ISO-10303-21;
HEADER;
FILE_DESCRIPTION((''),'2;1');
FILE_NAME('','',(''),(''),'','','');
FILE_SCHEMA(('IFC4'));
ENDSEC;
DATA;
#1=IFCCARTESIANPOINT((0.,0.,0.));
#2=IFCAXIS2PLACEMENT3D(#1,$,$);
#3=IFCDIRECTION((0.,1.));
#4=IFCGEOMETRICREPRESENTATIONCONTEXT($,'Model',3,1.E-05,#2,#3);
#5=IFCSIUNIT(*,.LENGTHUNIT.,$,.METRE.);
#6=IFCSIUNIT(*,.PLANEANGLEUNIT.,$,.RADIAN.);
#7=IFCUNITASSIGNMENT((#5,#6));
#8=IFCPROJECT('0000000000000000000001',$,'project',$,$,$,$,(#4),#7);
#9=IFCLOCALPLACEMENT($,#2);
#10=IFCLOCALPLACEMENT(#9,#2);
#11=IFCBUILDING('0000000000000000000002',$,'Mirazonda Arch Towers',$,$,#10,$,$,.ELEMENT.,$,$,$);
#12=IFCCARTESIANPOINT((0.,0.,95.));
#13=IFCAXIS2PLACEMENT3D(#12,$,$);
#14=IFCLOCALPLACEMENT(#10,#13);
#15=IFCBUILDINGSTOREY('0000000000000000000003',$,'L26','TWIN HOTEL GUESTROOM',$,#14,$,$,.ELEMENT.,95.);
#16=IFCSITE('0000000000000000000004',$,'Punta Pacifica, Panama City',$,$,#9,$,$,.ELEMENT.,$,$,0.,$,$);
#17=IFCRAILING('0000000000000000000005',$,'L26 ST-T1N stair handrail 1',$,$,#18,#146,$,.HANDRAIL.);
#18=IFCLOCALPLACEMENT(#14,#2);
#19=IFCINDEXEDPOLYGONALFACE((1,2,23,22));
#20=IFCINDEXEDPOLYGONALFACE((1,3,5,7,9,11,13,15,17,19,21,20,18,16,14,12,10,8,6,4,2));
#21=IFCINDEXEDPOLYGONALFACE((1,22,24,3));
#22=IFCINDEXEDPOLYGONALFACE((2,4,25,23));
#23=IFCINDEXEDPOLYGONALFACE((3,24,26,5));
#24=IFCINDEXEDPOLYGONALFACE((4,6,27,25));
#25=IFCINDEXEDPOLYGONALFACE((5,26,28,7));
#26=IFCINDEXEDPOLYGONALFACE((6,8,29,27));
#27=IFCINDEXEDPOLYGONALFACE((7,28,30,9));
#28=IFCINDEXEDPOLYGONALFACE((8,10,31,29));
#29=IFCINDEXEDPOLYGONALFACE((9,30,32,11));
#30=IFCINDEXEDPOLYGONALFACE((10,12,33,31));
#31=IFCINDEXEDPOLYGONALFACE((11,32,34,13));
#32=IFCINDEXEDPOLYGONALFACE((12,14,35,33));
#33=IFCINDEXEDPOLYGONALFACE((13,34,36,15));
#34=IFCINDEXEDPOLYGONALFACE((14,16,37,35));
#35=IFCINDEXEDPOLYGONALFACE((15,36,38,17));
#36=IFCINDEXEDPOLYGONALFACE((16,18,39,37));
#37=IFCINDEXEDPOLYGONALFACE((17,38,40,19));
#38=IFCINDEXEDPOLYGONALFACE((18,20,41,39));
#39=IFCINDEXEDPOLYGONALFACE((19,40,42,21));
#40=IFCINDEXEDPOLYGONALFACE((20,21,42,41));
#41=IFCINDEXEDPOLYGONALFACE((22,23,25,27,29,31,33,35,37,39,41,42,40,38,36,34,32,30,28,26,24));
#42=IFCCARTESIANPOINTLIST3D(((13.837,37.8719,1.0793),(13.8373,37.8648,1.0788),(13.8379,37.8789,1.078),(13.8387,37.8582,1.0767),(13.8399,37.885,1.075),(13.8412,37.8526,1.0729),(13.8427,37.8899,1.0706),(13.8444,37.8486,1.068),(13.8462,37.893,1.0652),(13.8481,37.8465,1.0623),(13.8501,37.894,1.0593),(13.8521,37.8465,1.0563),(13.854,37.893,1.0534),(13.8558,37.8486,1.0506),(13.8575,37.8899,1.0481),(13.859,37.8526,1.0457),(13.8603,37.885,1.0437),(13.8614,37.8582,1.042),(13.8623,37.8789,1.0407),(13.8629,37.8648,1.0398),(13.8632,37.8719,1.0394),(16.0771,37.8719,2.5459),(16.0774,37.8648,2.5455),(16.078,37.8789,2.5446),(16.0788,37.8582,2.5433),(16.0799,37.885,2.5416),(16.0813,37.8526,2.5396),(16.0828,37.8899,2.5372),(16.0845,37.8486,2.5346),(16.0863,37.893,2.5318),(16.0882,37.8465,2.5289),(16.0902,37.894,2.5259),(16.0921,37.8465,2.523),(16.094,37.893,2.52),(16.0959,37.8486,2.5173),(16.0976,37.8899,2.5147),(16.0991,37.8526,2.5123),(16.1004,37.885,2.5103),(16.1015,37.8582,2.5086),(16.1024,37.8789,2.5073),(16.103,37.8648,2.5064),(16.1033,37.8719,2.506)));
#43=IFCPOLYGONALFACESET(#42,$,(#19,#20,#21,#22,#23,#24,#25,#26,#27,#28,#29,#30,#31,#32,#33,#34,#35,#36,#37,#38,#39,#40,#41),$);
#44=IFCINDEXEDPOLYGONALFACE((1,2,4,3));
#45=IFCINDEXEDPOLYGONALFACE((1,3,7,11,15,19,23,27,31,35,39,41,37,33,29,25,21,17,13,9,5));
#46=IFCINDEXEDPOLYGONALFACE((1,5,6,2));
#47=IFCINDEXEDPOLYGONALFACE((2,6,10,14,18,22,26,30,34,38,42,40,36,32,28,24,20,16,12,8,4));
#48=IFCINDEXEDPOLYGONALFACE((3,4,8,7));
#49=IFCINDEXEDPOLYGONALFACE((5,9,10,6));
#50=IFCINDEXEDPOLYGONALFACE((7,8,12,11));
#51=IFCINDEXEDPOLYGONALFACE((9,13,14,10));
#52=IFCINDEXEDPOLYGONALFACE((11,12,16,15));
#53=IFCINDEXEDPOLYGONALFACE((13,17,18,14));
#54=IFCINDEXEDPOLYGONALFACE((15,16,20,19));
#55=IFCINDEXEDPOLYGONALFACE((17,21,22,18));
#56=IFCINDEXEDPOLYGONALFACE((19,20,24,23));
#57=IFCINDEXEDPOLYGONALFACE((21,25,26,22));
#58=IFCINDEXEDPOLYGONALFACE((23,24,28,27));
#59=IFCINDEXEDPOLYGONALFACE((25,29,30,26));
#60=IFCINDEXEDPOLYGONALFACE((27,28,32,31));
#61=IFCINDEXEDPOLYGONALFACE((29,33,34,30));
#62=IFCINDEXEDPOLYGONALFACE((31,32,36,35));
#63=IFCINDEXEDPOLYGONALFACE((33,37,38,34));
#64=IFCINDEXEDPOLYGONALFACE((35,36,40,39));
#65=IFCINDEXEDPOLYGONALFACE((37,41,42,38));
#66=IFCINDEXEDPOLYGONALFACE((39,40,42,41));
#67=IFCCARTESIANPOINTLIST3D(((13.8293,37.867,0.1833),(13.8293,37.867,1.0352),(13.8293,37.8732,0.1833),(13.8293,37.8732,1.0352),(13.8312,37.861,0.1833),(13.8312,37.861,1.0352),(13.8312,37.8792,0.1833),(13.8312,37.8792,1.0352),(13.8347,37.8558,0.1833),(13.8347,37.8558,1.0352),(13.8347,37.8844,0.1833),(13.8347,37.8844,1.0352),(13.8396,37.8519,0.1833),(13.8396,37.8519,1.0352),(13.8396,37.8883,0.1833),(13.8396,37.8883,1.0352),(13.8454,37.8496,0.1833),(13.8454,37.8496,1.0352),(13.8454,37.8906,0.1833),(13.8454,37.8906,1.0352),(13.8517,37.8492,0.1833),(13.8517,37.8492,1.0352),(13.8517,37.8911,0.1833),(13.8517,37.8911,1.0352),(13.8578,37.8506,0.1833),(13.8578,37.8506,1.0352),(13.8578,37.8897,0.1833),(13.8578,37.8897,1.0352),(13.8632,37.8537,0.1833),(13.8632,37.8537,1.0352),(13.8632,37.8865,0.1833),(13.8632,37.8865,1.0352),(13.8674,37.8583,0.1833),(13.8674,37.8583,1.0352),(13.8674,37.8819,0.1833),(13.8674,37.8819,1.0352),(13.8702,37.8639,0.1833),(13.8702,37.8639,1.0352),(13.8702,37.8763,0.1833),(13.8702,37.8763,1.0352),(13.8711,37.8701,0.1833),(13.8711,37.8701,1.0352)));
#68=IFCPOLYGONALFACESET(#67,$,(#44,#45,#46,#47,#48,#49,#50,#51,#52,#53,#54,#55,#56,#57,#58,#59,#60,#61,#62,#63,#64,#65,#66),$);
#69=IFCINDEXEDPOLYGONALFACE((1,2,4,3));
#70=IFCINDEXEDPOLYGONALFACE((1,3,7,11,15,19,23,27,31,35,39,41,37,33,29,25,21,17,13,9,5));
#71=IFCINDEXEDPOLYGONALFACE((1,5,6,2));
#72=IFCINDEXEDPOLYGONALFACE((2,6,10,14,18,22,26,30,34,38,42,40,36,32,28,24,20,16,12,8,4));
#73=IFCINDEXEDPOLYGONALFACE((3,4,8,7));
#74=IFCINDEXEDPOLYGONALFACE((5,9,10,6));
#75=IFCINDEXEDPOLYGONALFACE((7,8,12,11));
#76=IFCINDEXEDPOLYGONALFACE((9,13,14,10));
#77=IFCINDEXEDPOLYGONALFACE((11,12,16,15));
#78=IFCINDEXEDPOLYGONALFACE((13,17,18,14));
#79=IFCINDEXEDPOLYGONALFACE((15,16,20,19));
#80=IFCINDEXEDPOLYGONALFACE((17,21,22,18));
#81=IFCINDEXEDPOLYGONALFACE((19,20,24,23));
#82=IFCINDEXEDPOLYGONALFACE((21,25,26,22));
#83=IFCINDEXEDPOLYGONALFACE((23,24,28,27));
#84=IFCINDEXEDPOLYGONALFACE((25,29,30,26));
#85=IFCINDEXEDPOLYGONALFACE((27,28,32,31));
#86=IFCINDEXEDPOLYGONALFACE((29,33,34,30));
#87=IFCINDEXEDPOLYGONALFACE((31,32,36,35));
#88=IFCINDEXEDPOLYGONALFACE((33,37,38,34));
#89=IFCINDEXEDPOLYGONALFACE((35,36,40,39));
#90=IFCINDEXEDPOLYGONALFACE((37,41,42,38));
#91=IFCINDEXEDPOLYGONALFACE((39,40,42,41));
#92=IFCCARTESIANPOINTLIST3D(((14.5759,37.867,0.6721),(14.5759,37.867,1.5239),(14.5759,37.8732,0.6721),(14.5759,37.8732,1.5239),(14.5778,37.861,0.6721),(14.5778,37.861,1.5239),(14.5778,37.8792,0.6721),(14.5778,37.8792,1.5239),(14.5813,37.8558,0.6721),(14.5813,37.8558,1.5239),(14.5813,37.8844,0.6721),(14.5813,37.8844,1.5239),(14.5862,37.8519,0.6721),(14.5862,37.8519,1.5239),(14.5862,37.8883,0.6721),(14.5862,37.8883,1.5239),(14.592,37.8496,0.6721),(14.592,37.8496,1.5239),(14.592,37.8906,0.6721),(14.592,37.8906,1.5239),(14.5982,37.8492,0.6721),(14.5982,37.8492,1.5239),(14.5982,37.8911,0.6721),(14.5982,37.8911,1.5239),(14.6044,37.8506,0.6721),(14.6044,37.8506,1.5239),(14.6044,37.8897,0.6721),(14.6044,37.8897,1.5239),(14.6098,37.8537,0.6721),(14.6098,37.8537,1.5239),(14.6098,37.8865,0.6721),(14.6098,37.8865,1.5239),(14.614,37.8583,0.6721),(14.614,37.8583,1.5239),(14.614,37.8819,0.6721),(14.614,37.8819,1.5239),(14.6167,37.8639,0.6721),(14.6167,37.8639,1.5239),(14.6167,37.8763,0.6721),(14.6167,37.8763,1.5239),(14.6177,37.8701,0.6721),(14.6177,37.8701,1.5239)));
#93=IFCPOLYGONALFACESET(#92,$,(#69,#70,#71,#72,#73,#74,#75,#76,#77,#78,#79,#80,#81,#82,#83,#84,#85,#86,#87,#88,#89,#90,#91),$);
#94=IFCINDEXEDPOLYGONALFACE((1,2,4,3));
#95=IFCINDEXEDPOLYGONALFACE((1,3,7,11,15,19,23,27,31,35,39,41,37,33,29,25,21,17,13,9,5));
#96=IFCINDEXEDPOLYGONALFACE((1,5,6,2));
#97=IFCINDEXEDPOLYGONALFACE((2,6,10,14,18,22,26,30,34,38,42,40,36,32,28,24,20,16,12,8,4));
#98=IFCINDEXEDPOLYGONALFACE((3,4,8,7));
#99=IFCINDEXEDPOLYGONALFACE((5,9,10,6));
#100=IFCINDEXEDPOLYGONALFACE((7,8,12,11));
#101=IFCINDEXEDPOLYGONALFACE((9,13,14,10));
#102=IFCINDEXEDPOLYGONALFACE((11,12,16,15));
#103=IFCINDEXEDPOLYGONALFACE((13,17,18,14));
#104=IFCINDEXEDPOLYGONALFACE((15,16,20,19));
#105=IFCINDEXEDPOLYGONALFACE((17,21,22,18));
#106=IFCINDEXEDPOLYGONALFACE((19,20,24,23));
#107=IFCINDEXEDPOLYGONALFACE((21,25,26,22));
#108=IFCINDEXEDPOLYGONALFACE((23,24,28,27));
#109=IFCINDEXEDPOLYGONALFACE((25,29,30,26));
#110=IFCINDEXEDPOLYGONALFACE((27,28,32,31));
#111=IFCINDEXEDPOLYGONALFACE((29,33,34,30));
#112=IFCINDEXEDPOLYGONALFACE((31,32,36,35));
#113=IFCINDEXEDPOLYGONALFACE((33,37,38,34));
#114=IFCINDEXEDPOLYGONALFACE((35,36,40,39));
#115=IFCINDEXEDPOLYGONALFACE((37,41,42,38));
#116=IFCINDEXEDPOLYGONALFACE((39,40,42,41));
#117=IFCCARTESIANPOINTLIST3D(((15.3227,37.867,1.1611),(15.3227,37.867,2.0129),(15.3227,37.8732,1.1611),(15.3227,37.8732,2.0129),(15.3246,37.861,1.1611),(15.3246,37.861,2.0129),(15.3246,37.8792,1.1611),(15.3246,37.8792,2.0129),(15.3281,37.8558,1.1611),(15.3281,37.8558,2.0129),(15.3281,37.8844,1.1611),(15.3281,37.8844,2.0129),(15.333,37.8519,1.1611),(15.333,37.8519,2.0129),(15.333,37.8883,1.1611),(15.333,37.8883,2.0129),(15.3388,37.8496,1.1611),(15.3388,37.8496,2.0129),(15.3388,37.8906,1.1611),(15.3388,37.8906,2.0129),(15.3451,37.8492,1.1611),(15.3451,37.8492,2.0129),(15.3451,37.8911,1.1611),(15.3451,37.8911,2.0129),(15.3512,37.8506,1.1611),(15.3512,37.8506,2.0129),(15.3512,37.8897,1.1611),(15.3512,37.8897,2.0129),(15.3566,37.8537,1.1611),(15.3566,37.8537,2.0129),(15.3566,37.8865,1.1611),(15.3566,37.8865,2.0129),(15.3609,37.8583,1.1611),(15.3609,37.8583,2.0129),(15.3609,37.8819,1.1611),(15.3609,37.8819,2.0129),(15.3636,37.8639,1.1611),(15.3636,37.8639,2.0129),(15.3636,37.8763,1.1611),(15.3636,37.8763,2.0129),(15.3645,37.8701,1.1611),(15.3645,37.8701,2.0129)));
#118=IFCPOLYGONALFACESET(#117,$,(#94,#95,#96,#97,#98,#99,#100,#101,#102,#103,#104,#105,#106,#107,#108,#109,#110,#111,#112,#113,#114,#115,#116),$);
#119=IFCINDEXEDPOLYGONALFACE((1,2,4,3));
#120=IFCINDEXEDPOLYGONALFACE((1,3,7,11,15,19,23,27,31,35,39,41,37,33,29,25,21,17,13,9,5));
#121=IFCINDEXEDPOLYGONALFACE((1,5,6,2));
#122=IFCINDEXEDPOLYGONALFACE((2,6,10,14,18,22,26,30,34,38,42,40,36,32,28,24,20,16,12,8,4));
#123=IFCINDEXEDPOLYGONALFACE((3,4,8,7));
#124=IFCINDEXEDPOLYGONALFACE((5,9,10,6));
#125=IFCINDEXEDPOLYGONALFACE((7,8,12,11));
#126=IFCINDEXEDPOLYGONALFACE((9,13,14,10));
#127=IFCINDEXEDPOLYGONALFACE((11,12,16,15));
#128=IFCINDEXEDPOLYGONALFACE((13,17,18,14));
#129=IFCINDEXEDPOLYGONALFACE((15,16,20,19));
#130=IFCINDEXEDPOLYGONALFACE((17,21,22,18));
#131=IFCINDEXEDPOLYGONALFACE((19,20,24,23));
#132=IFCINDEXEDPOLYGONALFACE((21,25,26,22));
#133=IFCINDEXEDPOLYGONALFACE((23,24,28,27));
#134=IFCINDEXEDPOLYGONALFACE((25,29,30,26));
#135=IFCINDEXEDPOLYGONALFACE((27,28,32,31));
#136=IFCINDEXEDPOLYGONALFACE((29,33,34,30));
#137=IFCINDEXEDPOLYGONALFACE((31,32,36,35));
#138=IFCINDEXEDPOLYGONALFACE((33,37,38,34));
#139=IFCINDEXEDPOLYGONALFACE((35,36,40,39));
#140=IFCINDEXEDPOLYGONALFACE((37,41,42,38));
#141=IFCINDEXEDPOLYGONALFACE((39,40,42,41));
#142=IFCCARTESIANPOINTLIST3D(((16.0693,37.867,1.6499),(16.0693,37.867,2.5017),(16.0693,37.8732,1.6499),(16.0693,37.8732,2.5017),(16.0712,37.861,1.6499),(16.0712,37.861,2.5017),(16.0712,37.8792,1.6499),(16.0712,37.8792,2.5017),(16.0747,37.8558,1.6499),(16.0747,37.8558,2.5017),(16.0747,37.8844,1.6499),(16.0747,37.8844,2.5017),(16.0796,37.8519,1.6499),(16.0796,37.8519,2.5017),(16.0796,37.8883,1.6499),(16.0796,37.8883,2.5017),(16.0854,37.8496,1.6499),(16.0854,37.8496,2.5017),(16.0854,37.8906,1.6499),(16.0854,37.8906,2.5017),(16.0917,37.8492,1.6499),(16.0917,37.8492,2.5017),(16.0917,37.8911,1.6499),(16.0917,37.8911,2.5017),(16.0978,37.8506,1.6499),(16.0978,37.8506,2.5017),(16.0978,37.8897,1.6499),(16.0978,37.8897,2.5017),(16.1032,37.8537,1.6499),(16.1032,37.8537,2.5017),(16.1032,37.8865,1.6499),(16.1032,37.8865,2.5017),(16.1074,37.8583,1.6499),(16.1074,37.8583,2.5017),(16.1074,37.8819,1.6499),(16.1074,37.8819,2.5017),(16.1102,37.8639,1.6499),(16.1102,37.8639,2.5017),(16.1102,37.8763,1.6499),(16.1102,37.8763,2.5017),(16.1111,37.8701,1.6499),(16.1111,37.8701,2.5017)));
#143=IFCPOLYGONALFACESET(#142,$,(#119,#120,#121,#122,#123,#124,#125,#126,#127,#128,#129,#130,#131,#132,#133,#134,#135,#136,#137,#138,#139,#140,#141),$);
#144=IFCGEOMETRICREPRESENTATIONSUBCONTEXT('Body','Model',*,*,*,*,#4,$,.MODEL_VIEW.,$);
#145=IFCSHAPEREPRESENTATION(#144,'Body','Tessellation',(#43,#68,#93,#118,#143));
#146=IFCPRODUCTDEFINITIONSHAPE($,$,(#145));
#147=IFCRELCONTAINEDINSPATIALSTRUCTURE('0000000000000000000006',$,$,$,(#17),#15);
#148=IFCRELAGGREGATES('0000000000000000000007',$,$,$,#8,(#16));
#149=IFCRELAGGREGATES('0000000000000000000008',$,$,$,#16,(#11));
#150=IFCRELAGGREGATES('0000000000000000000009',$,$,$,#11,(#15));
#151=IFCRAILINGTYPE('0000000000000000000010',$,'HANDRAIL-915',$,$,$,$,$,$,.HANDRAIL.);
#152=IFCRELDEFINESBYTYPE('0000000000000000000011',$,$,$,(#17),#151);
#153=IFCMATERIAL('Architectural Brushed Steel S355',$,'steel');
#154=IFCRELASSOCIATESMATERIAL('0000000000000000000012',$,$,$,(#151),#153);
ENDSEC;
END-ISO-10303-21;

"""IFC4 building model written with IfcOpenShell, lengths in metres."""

from ifc_helpers import new_model, si_unit, direction, frame, origin, origin_2d, place, context, subcontext, project, spatial, circle, extrude, material, type_object, element, save


model = new_model("IFC4")

# Units and contexts
model_context = context("Model", 3, precision=1e-05, world=origin(), true_north=direction((0.0, 1.0)))
body_context = subcontext(model_context, "Body", "Model", "MODEL_VIEW")
ifc_project = project(units=[si_unit("LENGTHUNIT", "METRE"), si_unit("PLANEANGLEUNIT", "RADIAN")], contexts=[model_context])

# Site, building, storey
site_placement = place(None, origin())
site = spatial("IfcSite", under=ifc_project, at=site_placement, Name="Punta Pacifica, Panama City", CompositionType="ELEMENT", RefElevation=0.0)
building_placement = place(site_placement, origin())
building = spatial("IfcBuilding", under=site, at=building_placement, Name="Mirazonda Arch Towers", CompositionType="ELEMENT")
storey_placement = place(building_placement, frame((0.0, 0.0, 95.0)))
storey = spatial("IfcBuildingStorey", under=building, at=storey_placement, Name="L26", Description="TWIN HOTEL GUESTROOM", CompositionType="ELEMENT", Elevation=95.0)

# Shared definitions
ifc_material_1 = material(Name="Architectural Brushed Steel S355", Category="steel")

# Railing
railing_type = type_object("IfcRailingType", Name="HANDRAIL-915", PredefinedType="HANDRAIL", material=ifc_material_1)
railing_placement = place(storey_placement, frame((13.8501, 37.8701, 0.1833)))
element("IfcRailing", 1, at=railing_placement, inside=storey, type_object=railing_type, Name="L26 ST-T1N stair handrail 1", PredefinedType="HANDRAIL", context=body_context, shape_type="SweptSolid", body=[
    extrude(circle(Radius=0.0239, at=origin_2d()), frame((0.0, 0.0, 0.876), z_axis=(0.836637, 0.0, 0.547758), x_axis=(0.0, 1.0, 0.0)), (0.0, 0.0, 1.0), 2.6775),
    extrude(circle(Radius=0.021, at=origin_2d()), origin(), (0.0, 0.0, 1.0), 0.8518),
    extrude(circle(Radius=0.021, at=origin_2d()), frame((0.7466, 0.0, 0.4888)), (0.0, 0.0, 1.0), 0.8518),
    extrude(circle(Radius=0.021, at=origin_2d()), frame((1.4934, 0.0, 0.9778)), (0.0, 0.0, 1.0), 0.8518),
    extrude(circle(Radius=0.021, at=origin_2d()), frame((2.24, 0.0, 1.4666)), (0.0, 0.0, 1.0), 0.8518),
])

save(model, "model.ifc")
